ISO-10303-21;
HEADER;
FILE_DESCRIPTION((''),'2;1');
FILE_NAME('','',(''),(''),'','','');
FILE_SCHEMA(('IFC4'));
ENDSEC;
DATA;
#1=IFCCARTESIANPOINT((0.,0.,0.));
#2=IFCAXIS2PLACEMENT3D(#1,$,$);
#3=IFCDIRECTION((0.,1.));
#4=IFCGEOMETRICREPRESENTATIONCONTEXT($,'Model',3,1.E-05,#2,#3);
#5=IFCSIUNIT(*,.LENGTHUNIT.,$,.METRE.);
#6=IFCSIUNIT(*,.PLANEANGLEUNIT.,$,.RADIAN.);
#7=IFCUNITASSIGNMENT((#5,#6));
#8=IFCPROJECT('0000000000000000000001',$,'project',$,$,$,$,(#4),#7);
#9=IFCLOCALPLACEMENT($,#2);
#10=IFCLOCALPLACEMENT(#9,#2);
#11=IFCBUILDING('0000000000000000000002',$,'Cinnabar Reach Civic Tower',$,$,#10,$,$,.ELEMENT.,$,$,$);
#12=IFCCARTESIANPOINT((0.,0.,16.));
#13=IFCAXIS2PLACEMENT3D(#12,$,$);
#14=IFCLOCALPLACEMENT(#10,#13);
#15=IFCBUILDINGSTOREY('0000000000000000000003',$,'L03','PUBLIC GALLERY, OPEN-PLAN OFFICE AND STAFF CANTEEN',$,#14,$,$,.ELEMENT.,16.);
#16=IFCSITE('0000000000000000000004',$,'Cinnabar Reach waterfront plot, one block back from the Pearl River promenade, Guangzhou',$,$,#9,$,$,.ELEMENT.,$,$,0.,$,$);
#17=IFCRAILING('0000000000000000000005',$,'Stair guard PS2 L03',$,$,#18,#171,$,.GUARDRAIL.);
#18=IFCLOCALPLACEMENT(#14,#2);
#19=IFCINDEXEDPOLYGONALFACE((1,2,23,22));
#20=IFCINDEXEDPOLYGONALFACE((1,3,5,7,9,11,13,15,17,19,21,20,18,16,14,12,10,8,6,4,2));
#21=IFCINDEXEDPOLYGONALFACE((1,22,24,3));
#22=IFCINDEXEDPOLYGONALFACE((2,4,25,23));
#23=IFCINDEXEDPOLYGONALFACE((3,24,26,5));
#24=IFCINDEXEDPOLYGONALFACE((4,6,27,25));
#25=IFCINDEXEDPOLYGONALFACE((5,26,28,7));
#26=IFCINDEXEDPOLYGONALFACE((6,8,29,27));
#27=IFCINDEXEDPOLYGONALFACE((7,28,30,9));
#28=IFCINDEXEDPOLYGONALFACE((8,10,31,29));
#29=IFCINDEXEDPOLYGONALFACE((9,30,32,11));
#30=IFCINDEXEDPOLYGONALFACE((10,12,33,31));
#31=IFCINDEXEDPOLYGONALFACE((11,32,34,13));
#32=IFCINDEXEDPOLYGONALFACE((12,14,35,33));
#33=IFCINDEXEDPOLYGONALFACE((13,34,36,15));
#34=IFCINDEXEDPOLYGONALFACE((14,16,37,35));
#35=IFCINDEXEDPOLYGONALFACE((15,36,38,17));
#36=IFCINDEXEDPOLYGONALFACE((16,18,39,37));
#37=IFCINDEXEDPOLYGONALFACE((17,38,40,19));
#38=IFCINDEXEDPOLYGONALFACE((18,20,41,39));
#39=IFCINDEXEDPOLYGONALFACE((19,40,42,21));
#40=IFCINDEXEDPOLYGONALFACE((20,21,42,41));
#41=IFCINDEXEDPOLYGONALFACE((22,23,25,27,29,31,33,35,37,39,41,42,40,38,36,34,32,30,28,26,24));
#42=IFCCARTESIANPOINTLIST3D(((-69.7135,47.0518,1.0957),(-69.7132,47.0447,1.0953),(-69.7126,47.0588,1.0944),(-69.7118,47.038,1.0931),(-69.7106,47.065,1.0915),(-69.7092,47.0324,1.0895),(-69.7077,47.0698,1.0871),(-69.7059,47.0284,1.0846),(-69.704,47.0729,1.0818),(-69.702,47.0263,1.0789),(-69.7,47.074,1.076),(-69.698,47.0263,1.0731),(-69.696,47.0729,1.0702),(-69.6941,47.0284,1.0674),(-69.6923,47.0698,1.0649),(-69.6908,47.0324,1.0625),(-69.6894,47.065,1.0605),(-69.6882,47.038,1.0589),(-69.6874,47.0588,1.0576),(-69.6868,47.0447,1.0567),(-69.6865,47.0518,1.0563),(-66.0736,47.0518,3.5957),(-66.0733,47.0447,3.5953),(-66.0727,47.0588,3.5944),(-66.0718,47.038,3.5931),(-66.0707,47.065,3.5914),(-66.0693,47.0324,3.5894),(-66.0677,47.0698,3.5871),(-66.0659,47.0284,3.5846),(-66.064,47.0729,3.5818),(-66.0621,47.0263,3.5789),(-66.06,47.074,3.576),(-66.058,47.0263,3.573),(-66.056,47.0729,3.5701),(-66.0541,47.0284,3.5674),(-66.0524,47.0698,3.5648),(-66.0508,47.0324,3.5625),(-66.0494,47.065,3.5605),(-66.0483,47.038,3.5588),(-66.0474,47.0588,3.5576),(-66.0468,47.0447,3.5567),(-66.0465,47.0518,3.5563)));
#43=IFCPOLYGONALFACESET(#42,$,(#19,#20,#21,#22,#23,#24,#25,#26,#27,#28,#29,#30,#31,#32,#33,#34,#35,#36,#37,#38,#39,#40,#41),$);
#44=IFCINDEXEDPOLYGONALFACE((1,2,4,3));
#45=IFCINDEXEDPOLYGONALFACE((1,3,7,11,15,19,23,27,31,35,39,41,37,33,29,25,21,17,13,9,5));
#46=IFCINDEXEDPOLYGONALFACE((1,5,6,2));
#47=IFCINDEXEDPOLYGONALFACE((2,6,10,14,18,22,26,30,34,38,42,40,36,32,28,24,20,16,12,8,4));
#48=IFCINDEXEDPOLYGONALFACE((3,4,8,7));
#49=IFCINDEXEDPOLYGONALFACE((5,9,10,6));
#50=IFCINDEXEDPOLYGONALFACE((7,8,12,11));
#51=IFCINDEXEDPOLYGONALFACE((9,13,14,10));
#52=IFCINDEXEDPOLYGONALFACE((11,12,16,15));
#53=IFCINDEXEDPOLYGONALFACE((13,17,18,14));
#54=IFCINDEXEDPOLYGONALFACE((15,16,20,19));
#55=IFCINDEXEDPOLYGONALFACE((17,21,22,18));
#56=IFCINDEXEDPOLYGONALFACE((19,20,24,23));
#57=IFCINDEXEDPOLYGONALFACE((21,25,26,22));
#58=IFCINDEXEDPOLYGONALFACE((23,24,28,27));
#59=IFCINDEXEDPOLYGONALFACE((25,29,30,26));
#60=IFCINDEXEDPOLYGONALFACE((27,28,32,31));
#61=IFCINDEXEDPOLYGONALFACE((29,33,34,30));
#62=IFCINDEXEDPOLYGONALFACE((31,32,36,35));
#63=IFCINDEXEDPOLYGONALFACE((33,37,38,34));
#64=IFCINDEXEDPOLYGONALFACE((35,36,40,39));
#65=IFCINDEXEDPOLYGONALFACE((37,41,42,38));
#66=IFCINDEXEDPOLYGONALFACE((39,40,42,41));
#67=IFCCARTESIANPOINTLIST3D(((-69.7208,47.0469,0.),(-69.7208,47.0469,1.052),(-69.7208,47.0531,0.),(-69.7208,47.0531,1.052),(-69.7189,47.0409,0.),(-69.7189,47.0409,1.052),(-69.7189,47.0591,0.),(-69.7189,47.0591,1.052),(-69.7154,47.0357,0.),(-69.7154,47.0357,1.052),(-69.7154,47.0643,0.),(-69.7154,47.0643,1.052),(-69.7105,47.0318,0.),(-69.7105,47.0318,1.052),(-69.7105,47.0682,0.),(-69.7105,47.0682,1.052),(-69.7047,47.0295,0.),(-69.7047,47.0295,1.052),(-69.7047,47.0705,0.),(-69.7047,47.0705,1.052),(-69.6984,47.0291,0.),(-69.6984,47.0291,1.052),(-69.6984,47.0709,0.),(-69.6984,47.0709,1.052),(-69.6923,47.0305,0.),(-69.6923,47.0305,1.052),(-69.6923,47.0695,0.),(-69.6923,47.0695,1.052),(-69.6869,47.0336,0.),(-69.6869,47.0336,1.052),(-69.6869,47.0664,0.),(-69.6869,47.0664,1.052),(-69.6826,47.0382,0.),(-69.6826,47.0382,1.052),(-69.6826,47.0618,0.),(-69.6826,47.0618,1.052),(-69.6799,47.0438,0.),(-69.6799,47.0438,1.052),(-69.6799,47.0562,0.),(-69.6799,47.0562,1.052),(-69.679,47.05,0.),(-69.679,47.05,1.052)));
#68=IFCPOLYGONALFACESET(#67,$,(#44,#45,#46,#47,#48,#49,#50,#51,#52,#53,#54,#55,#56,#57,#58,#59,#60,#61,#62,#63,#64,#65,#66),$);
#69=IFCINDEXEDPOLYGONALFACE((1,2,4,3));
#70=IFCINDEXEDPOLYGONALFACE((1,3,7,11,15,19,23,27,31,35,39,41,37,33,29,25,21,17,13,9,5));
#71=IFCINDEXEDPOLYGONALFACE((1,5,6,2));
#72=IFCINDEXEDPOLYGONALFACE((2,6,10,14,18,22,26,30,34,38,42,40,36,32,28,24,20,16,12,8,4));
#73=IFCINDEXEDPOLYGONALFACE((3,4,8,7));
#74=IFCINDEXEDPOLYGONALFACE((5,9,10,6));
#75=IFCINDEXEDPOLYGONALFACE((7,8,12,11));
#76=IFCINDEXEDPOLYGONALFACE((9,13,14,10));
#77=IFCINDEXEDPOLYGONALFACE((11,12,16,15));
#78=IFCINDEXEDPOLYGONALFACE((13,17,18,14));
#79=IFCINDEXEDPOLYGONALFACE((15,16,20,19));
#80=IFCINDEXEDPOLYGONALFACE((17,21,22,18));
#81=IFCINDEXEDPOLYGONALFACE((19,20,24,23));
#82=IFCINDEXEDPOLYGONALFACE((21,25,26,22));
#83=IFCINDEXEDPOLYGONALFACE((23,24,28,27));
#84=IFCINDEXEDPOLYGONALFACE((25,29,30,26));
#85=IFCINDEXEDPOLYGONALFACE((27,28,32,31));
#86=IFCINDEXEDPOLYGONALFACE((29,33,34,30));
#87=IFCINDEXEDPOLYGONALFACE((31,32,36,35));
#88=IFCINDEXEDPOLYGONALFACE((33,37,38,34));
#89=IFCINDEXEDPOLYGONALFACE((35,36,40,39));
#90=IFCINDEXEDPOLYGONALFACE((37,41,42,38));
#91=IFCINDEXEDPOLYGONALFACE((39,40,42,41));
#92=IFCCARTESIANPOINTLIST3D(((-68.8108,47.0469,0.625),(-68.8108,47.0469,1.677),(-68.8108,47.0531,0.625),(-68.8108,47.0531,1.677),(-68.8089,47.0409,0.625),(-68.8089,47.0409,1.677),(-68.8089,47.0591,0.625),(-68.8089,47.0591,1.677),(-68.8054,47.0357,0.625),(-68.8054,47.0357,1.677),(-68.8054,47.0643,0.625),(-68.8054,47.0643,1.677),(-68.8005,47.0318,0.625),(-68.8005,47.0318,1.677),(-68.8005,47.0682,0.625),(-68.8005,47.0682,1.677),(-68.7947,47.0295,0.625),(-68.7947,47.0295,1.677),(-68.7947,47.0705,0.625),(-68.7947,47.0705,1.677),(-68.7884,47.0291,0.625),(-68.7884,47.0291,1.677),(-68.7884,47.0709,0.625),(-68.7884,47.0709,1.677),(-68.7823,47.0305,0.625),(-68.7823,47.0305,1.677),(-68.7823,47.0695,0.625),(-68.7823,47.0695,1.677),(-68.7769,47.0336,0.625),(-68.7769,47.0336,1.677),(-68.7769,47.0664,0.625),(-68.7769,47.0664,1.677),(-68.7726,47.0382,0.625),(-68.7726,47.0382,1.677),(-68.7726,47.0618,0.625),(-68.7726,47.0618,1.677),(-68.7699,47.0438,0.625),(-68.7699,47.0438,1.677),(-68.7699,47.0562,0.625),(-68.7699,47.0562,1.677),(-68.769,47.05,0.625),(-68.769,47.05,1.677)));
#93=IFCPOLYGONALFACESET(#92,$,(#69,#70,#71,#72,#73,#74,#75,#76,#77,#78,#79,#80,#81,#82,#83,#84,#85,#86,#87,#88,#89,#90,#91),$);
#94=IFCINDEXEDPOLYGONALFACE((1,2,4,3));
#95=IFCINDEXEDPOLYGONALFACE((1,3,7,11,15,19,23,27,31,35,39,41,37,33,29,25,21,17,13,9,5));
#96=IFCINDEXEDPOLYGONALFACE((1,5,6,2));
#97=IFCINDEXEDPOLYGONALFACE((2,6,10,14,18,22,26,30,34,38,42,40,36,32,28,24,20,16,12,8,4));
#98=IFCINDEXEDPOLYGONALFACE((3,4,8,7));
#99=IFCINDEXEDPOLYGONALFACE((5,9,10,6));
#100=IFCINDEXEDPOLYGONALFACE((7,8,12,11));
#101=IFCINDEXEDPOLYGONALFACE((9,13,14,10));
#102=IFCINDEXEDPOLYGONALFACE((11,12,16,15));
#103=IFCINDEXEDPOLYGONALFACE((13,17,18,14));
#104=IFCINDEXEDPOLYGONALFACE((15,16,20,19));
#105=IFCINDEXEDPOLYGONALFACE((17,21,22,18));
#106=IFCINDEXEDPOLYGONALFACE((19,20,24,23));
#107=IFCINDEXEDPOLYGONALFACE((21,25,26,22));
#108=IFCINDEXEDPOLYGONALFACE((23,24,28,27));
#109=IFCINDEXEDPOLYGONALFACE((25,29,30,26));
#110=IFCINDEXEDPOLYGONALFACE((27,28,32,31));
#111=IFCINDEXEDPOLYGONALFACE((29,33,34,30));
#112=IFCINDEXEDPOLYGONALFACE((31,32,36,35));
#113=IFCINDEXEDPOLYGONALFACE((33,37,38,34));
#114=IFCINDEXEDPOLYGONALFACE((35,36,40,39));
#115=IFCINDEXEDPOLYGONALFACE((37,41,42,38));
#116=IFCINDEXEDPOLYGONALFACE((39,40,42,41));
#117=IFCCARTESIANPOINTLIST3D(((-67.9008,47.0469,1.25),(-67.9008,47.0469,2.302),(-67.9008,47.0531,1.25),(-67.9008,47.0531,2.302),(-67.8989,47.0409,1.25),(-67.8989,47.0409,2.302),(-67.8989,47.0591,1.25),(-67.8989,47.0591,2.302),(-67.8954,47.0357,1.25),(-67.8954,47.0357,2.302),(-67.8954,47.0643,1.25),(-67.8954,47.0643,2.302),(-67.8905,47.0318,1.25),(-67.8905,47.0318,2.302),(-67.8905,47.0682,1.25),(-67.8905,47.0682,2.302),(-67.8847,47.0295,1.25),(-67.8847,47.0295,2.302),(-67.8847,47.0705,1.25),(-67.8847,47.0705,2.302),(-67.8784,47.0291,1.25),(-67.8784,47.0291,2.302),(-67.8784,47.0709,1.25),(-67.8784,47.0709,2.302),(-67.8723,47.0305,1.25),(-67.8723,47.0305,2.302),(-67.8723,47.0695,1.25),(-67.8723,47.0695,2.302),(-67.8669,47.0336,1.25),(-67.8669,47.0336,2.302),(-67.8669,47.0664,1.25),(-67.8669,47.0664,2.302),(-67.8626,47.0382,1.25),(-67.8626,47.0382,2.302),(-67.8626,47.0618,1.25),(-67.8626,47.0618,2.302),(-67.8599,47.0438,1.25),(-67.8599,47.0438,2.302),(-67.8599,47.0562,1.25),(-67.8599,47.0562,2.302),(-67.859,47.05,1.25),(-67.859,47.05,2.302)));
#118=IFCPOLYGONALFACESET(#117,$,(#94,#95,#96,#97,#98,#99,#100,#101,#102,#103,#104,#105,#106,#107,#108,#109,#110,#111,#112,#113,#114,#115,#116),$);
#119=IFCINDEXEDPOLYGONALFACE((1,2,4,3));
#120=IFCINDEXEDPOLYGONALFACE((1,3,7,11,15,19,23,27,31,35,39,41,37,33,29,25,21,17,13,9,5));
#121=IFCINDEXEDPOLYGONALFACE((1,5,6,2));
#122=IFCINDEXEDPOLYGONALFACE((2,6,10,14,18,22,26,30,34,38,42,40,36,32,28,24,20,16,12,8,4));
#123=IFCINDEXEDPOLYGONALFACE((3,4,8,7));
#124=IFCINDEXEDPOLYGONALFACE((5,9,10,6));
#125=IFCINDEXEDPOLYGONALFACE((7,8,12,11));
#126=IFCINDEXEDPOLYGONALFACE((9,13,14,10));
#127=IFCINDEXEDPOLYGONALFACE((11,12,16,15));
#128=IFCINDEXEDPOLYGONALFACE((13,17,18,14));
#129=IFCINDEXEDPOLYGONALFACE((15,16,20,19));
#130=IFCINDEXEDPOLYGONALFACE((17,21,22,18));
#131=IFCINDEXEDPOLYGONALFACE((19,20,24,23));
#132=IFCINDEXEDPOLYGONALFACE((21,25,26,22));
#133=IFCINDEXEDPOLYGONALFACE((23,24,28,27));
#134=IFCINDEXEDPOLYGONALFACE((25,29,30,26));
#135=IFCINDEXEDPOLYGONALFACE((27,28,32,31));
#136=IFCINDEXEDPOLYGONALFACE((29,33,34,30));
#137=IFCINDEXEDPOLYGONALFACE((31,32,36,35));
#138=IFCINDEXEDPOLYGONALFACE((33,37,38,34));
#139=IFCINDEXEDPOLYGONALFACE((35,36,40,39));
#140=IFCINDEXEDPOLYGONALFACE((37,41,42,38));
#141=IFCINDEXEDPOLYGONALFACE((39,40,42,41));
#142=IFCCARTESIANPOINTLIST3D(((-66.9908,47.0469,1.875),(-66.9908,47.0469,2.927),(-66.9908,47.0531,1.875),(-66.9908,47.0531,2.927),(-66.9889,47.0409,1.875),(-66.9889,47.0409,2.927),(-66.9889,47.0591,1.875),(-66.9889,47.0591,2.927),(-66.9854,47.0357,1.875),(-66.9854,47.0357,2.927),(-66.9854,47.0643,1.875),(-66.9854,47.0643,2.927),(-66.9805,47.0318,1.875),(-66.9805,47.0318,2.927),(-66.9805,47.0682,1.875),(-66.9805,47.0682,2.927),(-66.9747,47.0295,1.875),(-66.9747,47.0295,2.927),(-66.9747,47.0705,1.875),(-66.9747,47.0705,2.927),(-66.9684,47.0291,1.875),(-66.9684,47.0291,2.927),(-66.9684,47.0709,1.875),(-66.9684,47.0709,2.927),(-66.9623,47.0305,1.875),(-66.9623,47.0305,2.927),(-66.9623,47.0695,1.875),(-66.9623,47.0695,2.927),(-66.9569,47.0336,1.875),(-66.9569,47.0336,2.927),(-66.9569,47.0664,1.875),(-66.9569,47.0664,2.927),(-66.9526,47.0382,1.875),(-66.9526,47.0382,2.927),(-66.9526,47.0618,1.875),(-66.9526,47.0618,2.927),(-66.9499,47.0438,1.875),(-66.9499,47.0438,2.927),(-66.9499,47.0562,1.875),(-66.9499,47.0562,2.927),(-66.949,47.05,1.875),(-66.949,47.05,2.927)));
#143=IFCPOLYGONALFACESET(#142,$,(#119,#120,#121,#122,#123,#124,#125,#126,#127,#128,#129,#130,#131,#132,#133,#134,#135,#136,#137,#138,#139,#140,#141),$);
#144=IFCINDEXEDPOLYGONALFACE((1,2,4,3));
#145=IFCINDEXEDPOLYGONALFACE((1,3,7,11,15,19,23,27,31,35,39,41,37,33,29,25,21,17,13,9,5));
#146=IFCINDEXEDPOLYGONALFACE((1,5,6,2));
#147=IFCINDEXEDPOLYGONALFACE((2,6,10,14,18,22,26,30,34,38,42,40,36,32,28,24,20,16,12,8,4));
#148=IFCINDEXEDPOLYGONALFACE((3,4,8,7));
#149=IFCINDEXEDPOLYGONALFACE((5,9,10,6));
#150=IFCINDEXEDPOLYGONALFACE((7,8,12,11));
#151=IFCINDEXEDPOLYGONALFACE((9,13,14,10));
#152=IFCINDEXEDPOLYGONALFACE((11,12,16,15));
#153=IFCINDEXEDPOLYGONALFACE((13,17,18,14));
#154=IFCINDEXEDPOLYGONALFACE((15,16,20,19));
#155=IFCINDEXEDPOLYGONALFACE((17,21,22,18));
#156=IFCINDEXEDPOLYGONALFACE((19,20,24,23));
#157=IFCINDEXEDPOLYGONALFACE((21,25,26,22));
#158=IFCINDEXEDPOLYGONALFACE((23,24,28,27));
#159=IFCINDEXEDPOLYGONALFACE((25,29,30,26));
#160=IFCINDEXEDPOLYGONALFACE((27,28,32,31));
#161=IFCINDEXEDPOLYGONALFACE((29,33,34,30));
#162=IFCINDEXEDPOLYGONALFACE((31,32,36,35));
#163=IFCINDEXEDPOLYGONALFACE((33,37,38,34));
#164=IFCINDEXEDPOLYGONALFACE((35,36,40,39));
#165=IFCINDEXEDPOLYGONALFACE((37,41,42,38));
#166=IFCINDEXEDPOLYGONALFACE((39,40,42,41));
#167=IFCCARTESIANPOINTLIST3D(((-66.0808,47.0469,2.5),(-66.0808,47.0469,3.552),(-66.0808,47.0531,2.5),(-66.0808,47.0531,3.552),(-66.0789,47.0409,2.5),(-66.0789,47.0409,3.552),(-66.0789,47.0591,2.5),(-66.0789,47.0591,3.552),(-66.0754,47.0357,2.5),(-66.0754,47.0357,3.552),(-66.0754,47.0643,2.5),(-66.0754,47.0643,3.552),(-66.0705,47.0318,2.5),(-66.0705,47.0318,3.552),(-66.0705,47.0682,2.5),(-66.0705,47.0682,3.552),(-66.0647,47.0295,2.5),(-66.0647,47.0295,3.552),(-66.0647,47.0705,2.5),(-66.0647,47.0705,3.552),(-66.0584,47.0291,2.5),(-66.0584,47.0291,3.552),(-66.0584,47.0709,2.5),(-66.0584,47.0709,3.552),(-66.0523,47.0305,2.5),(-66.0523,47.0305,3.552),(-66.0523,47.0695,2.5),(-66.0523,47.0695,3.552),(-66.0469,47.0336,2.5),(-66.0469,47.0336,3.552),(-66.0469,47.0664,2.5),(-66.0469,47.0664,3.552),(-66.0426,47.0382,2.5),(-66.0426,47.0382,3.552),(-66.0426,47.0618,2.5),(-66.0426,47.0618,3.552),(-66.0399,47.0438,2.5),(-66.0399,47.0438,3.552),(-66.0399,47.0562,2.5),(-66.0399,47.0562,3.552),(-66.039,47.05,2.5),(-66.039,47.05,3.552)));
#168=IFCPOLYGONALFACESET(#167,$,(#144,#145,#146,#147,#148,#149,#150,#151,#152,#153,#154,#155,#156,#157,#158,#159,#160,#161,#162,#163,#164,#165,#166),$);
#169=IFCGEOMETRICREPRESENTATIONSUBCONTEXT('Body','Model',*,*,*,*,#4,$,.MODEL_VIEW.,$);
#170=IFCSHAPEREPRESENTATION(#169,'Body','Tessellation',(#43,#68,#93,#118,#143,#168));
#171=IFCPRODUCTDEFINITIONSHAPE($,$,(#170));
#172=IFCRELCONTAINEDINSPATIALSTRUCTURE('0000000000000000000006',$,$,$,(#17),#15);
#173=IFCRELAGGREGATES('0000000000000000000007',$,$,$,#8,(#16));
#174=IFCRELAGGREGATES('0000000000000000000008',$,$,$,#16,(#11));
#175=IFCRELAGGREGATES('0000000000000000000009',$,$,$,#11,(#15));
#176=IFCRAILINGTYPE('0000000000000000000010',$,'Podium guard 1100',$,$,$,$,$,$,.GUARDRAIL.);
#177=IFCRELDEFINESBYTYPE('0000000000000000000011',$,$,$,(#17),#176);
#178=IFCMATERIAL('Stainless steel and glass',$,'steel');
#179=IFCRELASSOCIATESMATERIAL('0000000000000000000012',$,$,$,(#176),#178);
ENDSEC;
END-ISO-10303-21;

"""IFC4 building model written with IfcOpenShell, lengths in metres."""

from ifc_helpers import new_model, si_unit, direction, frame, origin, origin_2d, place, context, subcontext, project, spatial, circle, extrude, material, type_object, element, save


model = new_model("IFC4")

# Units and contexts
model_context = context("Model", 3, precision=1e-05, world=origin(), true_north=direction((0.0, 1.0)))
body_context = subcontext(model_context, "Body", "Model", "MODEL_VIEW")
ifc_project = project(units=[si_unit("LENGTHUNIT", "METRE"), si_unit("PLANEANGLEUNIT", "RADIAN")], contexts=[model_context])

# Site, building, storey
site_placement = place(None, origin())
site = spatial("IfcSite", under=ifc_project, at=site_placement, Name="Cinnabar Reach waterfront plot, one block back from the Pearl River promenade, Guangzhou", CompositionType="ELEMENT", RefElevation=0.0)
building_placement = place(site_placement, origin())
building = spatial("IfcBuilding", under=site, at=building_placement, Name="Cinnabar Reach Civic Tower", CompositionType="ELEMENT")
storey_placement = place(building_placement, frame((0.0, 0.0, 16.0)))
storey = spatial("IfcBuildingStorey", under=building, at=storey_placement, Name="L03", Description="PUBLIC GALLERY, OPEN-PLAN OFFICE AND STAFF CANTEEN", CompositionType="ELEMENT", Elevation=16.0)

# Railing
ifc_material_1 = material(Name="Stainless steel and glass", Category="steel")
railing_type = type_object("IfcRailingType", Name="Podium guard 1100", PredefinedType="GUARDRAIL", material=ifc_material_1)
railing_placement = place(storey_placement, frame((-69.7, 47.05, 0.0)))
element("IfcRailing", 1, at=railing_placement, inside=storey, type_object=railing_type, Name="Stair guard PS2 L03", PredefinedType="GUARDRAIL", context=body_context, shape_type="SweptSolid", body=[
    extrude(circle(Radius=0.024, at=origin_2d()), frame((0.0, 0.0, 1.076), z_axis=(0.824306, 0.0, 0.566144), x_axis=(0.0, 1.0, 0.0)), (0.0, 0.0, 1.0), 4.4158),
    extrude(circle(Radius=0.021, at=origin_2d()), origin(), (0.0, 0.0, 1.0), 1.052),
    extrude(circle(Radius=0.021, at=origin_2d()), frame((0.91, 0.0, 0.625)), (0.0, 0.0, 1.0), 1.052),
    extrude(circle(Radius=0.021, at=origin_2d()), frame((1.82, 0.0, 1.25)), (0.0, 0.0, 1.0), 1.052),
    extrude(circle(Radius=0.021, at=origin_2d()), frame((2.73, 0.0, 1.875)), (0.0, 0.0, 1.0), 1.052),
    extrude(circle(Radius=0.021, at=origin_2d()), frame((3.64, 0.0, 2.5)), (0.0, 0.0, 1.0), 1.052),
])

save(model, "model.ifc")
